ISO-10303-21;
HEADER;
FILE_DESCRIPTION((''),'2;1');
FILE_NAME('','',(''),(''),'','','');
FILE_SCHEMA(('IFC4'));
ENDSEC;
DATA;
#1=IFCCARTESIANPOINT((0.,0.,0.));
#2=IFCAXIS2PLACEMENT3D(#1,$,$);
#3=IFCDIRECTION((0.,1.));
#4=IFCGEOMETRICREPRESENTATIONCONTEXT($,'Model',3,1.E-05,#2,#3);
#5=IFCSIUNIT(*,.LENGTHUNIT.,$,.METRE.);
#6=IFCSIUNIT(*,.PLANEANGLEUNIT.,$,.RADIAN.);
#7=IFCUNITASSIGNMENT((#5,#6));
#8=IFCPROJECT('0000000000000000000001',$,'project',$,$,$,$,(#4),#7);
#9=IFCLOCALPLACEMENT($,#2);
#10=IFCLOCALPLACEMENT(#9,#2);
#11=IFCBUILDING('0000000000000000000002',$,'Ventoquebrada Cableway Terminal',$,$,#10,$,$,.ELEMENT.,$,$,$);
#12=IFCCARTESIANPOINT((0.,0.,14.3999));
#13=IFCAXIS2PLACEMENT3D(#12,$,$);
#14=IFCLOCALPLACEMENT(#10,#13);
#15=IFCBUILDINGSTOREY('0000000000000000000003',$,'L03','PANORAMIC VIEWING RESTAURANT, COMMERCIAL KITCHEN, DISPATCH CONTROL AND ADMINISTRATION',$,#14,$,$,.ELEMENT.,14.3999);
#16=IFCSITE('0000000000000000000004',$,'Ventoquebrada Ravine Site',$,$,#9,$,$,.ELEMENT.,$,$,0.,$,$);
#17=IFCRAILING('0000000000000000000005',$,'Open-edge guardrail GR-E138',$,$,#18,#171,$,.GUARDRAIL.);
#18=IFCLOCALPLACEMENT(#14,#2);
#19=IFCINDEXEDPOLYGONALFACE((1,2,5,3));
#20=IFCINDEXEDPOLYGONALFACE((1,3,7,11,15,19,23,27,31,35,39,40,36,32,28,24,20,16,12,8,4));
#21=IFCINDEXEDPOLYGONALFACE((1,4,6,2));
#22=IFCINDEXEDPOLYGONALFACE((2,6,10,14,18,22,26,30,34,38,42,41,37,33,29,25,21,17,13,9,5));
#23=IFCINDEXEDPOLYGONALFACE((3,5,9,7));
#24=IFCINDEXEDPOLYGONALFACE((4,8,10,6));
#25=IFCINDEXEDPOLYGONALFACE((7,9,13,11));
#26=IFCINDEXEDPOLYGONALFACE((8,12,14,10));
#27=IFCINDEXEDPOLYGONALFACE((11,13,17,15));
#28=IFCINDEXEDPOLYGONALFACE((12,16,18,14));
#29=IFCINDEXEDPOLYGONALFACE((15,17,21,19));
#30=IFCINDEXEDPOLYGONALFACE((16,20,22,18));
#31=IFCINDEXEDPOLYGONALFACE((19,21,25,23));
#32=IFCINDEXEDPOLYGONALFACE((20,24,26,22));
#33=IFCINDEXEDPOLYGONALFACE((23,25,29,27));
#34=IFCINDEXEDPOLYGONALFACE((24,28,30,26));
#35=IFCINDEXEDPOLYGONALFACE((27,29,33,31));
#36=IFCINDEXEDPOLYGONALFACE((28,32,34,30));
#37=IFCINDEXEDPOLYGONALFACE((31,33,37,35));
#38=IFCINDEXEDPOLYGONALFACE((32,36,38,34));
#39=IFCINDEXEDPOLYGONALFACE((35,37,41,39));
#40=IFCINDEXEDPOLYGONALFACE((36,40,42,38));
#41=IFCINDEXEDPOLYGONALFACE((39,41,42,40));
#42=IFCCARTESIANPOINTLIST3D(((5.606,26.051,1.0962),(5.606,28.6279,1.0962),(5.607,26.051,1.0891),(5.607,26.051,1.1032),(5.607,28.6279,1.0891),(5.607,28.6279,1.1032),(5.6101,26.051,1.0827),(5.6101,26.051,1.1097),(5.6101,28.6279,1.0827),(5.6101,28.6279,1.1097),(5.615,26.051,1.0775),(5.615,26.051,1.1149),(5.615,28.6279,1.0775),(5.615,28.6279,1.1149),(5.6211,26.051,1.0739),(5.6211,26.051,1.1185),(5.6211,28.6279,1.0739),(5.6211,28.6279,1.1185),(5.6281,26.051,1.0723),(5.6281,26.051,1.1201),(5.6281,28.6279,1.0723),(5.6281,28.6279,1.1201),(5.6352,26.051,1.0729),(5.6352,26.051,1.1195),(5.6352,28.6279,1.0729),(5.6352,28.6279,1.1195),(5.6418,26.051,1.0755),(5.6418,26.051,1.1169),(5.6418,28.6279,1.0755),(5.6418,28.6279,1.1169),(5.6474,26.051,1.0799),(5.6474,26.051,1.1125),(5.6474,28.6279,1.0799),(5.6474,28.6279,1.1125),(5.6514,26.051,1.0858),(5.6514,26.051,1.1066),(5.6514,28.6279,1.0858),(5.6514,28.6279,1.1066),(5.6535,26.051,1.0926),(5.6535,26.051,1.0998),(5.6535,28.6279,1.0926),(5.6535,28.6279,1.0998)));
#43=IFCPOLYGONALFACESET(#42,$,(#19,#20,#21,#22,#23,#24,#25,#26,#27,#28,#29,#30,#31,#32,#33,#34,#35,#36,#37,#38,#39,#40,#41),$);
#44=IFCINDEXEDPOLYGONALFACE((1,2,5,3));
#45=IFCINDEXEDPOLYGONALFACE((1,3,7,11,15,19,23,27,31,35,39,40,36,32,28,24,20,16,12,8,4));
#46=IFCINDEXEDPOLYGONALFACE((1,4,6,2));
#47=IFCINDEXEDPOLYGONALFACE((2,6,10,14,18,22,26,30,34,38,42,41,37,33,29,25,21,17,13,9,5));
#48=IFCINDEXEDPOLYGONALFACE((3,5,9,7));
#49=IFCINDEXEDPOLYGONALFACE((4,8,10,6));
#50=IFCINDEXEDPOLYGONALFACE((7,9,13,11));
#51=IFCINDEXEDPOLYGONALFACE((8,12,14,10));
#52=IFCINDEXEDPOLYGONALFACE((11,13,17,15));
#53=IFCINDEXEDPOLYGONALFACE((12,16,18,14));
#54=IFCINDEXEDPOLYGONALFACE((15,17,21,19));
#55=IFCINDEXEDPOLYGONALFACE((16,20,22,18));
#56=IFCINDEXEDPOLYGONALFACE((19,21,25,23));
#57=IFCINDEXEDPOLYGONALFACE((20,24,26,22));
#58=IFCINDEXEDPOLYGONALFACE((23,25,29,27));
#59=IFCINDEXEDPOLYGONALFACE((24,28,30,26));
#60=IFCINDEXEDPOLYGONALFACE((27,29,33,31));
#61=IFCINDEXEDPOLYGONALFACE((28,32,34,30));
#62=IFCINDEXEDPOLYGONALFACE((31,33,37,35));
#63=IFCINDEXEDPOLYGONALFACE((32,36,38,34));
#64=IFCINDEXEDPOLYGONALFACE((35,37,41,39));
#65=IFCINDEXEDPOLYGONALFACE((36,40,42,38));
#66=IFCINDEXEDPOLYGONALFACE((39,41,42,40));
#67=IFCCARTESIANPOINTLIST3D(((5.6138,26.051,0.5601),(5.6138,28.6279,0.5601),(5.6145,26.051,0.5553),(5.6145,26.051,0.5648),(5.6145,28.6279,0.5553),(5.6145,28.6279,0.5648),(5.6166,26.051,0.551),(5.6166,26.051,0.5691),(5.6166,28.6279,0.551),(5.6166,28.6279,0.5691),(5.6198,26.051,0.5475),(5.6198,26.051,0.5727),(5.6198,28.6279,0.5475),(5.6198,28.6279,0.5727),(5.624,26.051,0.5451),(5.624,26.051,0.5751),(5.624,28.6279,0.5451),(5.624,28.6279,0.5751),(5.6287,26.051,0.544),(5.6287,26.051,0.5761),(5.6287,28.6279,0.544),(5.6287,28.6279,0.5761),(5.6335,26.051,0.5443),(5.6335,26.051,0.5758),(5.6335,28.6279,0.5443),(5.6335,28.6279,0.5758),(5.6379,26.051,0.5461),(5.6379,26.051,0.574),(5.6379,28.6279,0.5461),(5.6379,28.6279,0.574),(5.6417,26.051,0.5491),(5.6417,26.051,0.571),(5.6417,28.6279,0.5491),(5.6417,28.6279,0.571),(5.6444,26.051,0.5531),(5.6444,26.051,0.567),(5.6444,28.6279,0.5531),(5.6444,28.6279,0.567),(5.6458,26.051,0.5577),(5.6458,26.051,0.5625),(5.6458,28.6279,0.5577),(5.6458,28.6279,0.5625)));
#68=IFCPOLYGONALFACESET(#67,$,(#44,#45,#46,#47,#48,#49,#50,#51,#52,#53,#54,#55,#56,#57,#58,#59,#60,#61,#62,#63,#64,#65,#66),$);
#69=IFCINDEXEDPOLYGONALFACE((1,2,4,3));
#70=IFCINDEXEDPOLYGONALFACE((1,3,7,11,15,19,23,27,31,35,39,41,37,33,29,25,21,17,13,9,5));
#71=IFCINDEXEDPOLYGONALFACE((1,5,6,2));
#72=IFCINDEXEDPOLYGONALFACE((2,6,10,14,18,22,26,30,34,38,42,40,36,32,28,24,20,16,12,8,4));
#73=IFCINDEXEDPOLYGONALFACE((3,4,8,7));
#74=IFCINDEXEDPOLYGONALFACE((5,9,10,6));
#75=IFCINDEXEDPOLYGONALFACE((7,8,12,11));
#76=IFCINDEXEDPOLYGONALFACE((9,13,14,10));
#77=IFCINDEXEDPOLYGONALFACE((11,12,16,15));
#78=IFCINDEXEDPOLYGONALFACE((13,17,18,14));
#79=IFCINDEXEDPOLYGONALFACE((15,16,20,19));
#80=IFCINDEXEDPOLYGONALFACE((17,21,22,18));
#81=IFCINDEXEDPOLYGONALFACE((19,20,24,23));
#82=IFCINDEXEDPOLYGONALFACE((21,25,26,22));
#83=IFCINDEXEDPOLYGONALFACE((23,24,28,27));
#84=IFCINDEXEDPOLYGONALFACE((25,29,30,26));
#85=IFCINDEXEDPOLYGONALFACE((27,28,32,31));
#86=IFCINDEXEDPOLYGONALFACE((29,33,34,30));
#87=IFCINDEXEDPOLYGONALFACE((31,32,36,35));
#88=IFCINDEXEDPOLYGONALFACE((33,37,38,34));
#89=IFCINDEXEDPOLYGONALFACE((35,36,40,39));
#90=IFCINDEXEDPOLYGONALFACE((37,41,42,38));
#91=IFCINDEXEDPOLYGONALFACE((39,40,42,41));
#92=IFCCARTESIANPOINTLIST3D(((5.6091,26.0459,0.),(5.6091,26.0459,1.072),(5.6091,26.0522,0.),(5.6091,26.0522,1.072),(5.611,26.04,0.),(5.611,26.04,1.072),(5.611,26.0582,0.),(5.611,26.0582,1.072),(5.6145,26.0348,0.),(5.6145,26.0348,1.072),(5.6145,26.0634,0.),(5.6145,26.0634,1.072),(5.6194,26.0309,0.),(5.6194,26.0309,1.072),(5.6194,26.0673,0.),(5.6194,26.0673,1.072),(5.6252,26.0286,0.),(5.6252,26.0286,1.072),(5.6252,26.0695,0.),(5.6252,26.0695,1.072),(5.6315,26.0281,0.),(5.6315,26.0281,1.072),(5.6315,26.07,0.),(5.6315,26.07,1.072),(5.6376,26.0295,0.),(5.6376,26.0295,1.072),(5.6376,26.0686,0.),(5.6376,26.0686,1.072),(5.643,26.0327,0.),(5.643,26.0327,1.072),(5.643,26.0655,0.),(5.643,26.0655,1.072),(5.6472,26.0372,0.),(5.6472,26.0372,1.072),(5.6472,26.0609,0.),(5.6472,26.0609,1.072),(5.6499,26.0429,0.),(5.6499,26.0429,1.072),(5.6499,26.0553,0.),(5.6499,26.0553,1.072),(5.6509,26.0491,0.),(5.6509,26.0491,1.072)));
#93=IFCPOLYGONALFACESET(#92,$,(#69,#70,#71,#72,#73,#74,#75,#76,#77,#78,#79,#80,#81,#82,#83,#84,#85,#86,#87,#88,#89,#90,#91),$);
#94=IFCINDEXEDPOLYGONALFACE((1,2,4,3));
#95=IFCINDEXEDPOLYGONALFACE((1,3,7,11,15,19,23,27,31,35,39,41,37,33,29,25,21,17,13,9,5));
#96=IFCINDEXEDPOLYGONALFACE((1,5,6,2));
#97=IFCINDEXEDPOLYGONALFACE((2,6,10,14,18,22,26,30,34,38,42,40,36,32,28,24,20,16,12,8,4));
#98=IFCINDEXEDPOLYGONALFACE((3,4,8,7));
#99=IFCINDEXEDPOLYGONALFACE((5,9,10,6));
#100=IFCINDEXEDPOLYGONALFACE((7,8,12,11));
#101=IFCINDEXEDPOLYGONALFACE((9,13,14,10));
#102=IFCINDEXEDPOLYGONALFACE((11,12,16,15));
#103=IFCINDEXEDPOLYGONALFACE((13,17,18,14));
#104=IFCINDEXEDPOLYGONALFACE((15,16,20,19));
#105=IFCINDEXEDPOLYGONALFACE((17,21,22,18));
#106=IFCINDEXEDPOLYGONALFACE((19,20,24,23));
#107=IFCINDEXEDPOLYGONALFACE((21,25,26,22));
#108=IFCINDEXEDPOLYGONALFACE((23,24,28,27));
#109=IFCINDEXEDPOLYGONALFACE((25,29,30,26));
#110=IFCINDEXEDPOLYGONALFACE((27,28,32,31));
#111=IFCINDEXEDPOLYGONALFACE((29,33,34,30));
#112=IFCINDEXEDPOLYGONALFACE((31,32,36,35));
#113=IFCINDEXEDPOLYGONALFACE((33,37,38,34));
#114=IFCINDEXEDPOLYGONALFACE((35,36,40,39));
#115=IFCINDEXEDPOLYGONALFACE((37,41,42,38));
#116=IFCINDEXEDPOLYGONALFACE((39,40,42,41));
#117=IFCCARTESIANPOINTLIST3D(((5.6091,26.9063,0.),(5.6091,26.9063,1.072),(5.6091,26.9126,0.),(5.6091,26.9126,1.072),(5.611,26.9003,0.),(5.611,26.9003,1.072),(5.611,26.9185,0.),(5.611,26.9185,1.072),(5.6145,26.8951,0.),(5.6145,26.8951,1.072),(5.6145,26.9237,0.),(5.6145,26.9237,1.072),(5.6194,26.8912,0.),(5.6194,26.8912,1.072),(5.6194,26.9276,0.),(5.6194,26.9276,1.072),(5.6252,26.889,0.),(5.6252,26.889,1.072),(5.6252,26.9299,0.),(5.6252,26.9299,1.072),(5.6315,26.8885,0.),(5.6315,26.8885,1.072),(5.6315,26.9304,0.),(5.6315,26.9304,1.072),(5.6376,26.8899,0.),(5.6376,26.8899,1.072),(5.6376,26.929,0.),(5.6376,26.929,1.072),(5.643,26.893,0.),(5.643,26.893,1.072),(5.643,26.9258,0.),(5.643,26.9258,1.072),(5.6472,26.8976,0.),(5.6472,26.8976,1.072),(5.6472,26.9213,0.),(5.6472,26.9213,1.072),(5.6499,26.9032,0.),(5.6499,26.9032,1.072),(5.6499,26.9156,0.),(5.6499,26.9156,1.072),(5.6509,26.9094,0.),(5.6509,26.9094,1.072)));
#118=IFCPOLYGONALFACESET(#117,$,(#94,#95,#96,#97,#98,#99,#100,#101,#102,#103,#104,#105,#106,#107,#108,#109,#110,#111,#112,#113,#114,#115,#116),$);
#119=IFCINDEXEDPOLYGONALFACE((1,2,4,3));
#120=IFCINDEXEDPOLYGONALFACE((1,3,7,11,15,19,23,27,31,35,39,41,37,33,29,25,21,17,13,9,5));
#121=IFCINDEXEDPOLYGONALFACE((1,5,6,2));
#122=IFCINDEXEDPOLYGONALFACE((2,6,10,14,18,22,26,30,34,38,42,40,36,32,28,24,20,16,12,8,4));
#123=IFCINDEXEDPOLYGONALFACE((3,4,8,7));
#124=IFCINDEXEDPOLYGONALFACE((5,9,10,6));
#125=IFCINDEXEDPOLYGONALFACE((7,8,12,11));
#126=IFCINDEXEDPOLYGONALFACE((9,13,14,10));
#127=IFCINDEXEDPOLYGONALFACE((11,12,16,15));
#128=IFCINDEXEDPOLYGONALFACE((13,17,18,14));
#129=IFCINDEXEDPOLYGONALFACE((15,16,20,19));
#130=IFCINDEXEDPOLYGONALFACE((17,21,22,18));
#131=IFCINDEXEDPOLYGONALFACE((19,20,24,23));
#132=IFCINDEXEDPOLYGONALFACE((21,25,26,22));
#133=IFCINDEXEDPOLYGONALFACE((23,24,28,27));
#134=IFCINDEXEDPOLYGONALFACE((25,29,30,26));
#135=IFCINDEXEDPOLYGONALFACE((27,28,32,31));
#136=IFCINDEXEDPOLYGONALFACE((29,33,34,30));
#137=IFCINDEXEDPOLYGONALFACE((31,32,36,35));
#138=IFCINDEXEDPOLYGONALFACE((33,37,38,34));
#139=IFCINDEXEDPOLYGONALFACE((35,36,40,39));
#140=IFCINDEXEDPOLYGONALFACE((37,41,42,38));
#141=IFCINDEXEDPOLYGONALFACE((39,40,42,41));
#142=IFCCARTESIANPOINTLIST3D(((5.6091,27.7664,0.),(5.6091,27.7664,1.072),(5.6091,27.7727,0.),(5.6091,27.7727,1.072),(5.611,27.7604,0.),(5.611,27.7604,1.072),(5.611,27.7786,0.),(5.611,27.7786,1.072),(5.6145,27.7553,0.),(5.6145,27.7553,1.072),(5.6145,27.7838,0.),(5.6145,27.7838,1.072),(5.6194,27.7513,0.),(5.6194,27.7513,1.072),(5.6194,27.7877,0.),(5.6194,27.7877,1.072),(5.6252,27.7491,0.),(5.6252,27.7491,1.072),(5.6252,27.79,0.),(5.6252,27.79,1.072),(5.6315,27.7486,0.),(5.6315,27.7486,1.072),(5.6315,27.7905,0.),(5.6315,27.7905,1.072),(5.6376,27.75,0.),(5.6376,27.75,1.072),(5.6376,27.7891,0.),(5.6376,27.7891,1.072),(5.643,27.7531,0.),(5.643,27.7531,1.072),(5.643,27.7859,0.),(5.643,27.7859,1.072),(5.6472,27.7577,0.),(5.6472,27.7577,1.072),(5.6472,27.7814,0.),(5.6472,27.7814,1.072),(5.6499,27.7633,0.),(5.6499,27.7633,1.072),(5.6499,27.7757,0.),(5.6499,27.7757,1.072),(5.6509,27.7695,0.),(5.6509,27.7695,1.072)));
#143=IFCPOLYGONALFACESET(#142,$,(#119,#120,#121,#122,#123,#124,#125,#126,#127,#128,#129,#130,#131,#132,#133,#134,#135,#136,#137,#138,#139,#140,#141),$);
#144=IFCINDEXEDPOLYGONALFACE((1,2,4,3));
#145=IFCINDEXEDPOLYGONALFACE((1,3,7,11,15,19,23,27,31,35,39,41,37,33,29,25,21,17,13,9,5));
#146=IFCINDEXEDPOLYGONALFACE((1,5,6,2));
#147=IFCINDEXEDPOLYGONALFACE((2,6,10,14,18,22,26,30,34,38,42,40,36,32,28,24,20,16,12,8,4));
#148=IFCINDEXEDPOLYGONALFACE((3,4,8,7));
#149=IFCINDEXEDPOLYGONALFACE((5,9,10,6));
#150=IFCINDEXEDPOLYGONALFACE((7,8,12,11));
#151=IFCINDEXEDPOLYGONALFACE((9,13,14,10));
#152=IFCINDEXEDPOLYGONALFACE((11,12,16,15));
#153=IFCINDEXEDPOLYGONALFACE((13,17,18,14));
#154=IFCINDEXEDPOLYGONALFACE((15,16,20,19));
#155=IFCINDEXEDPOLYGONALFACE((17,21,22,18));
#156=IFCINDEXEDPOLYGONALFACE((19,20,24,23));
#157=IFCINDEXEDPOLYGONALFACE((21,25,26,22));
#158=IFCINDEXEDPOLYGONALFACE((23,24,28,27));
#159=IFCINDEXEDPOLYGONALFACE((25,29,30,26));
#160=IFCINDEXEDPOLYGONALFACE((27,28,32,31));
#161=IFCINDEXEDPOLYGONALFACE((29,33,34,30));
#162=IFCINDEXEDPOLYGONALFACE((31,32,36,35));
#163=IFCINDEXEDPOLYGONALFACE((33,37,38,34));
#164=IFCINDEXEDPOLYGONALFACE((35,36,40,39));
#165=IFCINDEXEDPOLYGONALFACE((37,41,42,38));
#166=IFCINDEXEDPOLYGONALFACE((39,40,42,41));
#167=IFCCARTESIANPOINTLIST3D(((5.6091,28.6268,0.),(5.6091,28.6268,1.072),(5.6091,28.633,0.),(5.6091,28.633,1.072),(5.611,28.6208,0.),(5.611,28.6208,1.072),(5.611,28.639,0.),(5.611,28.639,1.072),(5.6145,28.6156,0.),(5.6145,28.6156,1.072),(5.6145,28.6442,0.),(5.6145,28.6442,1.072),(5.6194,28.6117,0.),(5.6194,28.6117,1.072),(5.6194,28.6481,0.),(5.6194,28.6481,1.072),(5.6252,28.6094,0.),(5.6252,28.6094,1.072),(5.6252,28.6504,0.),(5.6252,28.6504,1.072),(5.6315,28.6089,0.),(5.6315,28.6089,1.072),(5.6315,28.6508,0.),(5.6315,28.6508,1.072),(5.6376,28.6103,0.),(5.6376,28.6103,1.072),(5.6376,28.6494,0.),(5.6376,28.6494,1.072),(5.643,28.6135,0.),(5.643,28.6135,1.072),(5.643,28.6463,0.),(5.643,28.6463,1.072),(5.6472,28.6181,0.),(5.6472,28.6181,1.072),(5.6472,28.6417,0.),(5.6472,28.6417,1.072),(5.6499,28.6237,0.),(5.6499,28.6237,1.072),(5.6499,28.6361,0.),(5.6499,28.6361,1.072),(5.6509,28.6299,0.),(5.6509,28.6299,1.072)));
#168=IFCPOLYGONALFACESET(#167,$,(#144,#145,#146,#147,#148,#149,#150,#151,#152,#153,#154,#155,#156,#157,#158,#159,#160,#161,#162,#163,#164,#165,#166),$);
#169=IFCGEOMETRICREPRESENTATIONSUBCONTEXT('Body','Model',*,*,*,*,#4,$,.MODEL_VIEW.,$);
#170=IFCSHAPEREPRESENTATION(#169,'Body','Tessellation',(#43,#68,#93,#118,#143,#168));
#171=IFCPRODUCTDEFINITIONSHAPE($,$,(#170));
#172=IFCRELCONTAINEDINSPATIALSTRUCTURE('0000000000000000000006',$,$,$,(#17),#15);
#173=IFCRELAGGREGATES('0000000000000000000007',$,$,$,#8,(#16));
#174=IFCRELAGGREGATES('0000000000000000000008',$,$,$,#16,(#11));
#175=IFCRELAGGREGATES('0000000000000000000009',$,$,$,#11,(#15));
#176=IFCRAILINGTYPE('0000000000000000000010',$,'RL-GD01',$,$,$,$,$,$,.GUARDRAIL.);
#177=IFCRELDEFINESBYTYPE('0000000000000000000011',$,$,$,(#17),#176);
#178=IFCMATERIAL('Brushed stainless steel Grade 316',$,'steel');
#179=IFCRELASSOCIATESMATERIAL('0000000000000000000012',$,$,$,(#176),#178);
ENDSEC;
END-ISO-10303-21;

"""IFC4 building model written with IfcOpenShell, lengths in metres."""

from ifc_helpers import new_model, si_unit, direction, frame, origin, origin_2d, place, context, subcontext, project, spatial, circle, extrude, material, type_object, element, save


model = new_model("IFC4")

# Units and contexts
model_context = context("Model", 3, precision=1e-05, world=origin(), true_north=direction((0.0, 1.0)))
body_context = subcontext(model_context, "Body", "Model", "MODEL_VIEW")
ifc_project = project(units=[si_unit("LENGTHUNIT", "METRE"), si_unit("PLANEANGLEUNIT", "RADIAN")], contexts=[model_context])

# Site, building, storey
site_placement = place(None, origin())
site = spatial("IfcSite", under=ifc_project, at=site_placement, Name="Ventoquebrada Ravine Site", CompositionType="ELEMENT", RefElevation=0.0)
building_placement = place(site_placement, origin())
building = spatial("IfcBuilding", under=site, at=building_placement, Name="Ventoquebrada Cableway Terminal", CompositionType="ELEMENT")
storey_placement = place(building_placement, frame((0.0, 0.0, 14.3999)))
storey = spatial("IfcBuildingStorey", under=building, at=storey_placement, Name="L03", Description="PANORAMIC VIEWING RESTAURANT, COMMERCIAL KITCHEN, DISPATCH CONTROL AND ADMINISTRATION", CompositionType="ELEMENT", Elevation=14.3999)

# Shared definitions
ifc_material_1 = material(Name="Brushed stainless steel Grade 316", Category="steel")

# Railing
railing_type = type_object("IfcRailingType", Name="RL-GD01", PredefinedType="GUARDRAIL", material=ifc_material_1)
railing_1_placement = place(storey_placement, frame((5.6299, 26.0491, 0.0)))
element("IfcRailing", 1, at=railing_1_placement, inside=storey, type_object=railing_type, Name="Open-edge guardrail GR-E138", PredefinedType="GUARDRAIL", context=body_context, shape_type="SweptSolid", body=[
    extrude(circle(Radius=0.0239, at=origin_2d()), frame((0.0, 0.002, 1.0962), z_axis=(0.0, 1.0, 0.0), x_axis=(-1.0, 0.0, 0.0)), (0.0, 0.0, 1.0), 2.5769),
    extrude(circle(Radius=0.0161, at=origin_2d()), frame((0.0, 0.002, 0.5601), z_axis=(0.0, 1.0, 0.0), x_axis=(-1.0, 0.0, 0.0)), (0.0, 0.0, 1.0), 2.5769),
    extrude(circle(Radius=0.021, at=origin_2d()), origin(), (0.0, 0.0, 1.0), 1.072),
    extrude(circle(Radius=0.021, at=origin_2d()), frame((0.0, 0.8604, 0.0)), (0.0, 0.0, 1.0), 1.072),
    extrude(circle(Radius=0.021, at=origin_2d()), frame((0.0, 1.7205, 0.0)), (0.0, 0.0, 1.0), 1.072),
    extrude(circle(Radius=0.021, at=origin_2d()), frame((0.0, 2.5808, 0.0)), (0.0, 0.0, 1.0), 1.072),
])

save(model, "model.ifc")
